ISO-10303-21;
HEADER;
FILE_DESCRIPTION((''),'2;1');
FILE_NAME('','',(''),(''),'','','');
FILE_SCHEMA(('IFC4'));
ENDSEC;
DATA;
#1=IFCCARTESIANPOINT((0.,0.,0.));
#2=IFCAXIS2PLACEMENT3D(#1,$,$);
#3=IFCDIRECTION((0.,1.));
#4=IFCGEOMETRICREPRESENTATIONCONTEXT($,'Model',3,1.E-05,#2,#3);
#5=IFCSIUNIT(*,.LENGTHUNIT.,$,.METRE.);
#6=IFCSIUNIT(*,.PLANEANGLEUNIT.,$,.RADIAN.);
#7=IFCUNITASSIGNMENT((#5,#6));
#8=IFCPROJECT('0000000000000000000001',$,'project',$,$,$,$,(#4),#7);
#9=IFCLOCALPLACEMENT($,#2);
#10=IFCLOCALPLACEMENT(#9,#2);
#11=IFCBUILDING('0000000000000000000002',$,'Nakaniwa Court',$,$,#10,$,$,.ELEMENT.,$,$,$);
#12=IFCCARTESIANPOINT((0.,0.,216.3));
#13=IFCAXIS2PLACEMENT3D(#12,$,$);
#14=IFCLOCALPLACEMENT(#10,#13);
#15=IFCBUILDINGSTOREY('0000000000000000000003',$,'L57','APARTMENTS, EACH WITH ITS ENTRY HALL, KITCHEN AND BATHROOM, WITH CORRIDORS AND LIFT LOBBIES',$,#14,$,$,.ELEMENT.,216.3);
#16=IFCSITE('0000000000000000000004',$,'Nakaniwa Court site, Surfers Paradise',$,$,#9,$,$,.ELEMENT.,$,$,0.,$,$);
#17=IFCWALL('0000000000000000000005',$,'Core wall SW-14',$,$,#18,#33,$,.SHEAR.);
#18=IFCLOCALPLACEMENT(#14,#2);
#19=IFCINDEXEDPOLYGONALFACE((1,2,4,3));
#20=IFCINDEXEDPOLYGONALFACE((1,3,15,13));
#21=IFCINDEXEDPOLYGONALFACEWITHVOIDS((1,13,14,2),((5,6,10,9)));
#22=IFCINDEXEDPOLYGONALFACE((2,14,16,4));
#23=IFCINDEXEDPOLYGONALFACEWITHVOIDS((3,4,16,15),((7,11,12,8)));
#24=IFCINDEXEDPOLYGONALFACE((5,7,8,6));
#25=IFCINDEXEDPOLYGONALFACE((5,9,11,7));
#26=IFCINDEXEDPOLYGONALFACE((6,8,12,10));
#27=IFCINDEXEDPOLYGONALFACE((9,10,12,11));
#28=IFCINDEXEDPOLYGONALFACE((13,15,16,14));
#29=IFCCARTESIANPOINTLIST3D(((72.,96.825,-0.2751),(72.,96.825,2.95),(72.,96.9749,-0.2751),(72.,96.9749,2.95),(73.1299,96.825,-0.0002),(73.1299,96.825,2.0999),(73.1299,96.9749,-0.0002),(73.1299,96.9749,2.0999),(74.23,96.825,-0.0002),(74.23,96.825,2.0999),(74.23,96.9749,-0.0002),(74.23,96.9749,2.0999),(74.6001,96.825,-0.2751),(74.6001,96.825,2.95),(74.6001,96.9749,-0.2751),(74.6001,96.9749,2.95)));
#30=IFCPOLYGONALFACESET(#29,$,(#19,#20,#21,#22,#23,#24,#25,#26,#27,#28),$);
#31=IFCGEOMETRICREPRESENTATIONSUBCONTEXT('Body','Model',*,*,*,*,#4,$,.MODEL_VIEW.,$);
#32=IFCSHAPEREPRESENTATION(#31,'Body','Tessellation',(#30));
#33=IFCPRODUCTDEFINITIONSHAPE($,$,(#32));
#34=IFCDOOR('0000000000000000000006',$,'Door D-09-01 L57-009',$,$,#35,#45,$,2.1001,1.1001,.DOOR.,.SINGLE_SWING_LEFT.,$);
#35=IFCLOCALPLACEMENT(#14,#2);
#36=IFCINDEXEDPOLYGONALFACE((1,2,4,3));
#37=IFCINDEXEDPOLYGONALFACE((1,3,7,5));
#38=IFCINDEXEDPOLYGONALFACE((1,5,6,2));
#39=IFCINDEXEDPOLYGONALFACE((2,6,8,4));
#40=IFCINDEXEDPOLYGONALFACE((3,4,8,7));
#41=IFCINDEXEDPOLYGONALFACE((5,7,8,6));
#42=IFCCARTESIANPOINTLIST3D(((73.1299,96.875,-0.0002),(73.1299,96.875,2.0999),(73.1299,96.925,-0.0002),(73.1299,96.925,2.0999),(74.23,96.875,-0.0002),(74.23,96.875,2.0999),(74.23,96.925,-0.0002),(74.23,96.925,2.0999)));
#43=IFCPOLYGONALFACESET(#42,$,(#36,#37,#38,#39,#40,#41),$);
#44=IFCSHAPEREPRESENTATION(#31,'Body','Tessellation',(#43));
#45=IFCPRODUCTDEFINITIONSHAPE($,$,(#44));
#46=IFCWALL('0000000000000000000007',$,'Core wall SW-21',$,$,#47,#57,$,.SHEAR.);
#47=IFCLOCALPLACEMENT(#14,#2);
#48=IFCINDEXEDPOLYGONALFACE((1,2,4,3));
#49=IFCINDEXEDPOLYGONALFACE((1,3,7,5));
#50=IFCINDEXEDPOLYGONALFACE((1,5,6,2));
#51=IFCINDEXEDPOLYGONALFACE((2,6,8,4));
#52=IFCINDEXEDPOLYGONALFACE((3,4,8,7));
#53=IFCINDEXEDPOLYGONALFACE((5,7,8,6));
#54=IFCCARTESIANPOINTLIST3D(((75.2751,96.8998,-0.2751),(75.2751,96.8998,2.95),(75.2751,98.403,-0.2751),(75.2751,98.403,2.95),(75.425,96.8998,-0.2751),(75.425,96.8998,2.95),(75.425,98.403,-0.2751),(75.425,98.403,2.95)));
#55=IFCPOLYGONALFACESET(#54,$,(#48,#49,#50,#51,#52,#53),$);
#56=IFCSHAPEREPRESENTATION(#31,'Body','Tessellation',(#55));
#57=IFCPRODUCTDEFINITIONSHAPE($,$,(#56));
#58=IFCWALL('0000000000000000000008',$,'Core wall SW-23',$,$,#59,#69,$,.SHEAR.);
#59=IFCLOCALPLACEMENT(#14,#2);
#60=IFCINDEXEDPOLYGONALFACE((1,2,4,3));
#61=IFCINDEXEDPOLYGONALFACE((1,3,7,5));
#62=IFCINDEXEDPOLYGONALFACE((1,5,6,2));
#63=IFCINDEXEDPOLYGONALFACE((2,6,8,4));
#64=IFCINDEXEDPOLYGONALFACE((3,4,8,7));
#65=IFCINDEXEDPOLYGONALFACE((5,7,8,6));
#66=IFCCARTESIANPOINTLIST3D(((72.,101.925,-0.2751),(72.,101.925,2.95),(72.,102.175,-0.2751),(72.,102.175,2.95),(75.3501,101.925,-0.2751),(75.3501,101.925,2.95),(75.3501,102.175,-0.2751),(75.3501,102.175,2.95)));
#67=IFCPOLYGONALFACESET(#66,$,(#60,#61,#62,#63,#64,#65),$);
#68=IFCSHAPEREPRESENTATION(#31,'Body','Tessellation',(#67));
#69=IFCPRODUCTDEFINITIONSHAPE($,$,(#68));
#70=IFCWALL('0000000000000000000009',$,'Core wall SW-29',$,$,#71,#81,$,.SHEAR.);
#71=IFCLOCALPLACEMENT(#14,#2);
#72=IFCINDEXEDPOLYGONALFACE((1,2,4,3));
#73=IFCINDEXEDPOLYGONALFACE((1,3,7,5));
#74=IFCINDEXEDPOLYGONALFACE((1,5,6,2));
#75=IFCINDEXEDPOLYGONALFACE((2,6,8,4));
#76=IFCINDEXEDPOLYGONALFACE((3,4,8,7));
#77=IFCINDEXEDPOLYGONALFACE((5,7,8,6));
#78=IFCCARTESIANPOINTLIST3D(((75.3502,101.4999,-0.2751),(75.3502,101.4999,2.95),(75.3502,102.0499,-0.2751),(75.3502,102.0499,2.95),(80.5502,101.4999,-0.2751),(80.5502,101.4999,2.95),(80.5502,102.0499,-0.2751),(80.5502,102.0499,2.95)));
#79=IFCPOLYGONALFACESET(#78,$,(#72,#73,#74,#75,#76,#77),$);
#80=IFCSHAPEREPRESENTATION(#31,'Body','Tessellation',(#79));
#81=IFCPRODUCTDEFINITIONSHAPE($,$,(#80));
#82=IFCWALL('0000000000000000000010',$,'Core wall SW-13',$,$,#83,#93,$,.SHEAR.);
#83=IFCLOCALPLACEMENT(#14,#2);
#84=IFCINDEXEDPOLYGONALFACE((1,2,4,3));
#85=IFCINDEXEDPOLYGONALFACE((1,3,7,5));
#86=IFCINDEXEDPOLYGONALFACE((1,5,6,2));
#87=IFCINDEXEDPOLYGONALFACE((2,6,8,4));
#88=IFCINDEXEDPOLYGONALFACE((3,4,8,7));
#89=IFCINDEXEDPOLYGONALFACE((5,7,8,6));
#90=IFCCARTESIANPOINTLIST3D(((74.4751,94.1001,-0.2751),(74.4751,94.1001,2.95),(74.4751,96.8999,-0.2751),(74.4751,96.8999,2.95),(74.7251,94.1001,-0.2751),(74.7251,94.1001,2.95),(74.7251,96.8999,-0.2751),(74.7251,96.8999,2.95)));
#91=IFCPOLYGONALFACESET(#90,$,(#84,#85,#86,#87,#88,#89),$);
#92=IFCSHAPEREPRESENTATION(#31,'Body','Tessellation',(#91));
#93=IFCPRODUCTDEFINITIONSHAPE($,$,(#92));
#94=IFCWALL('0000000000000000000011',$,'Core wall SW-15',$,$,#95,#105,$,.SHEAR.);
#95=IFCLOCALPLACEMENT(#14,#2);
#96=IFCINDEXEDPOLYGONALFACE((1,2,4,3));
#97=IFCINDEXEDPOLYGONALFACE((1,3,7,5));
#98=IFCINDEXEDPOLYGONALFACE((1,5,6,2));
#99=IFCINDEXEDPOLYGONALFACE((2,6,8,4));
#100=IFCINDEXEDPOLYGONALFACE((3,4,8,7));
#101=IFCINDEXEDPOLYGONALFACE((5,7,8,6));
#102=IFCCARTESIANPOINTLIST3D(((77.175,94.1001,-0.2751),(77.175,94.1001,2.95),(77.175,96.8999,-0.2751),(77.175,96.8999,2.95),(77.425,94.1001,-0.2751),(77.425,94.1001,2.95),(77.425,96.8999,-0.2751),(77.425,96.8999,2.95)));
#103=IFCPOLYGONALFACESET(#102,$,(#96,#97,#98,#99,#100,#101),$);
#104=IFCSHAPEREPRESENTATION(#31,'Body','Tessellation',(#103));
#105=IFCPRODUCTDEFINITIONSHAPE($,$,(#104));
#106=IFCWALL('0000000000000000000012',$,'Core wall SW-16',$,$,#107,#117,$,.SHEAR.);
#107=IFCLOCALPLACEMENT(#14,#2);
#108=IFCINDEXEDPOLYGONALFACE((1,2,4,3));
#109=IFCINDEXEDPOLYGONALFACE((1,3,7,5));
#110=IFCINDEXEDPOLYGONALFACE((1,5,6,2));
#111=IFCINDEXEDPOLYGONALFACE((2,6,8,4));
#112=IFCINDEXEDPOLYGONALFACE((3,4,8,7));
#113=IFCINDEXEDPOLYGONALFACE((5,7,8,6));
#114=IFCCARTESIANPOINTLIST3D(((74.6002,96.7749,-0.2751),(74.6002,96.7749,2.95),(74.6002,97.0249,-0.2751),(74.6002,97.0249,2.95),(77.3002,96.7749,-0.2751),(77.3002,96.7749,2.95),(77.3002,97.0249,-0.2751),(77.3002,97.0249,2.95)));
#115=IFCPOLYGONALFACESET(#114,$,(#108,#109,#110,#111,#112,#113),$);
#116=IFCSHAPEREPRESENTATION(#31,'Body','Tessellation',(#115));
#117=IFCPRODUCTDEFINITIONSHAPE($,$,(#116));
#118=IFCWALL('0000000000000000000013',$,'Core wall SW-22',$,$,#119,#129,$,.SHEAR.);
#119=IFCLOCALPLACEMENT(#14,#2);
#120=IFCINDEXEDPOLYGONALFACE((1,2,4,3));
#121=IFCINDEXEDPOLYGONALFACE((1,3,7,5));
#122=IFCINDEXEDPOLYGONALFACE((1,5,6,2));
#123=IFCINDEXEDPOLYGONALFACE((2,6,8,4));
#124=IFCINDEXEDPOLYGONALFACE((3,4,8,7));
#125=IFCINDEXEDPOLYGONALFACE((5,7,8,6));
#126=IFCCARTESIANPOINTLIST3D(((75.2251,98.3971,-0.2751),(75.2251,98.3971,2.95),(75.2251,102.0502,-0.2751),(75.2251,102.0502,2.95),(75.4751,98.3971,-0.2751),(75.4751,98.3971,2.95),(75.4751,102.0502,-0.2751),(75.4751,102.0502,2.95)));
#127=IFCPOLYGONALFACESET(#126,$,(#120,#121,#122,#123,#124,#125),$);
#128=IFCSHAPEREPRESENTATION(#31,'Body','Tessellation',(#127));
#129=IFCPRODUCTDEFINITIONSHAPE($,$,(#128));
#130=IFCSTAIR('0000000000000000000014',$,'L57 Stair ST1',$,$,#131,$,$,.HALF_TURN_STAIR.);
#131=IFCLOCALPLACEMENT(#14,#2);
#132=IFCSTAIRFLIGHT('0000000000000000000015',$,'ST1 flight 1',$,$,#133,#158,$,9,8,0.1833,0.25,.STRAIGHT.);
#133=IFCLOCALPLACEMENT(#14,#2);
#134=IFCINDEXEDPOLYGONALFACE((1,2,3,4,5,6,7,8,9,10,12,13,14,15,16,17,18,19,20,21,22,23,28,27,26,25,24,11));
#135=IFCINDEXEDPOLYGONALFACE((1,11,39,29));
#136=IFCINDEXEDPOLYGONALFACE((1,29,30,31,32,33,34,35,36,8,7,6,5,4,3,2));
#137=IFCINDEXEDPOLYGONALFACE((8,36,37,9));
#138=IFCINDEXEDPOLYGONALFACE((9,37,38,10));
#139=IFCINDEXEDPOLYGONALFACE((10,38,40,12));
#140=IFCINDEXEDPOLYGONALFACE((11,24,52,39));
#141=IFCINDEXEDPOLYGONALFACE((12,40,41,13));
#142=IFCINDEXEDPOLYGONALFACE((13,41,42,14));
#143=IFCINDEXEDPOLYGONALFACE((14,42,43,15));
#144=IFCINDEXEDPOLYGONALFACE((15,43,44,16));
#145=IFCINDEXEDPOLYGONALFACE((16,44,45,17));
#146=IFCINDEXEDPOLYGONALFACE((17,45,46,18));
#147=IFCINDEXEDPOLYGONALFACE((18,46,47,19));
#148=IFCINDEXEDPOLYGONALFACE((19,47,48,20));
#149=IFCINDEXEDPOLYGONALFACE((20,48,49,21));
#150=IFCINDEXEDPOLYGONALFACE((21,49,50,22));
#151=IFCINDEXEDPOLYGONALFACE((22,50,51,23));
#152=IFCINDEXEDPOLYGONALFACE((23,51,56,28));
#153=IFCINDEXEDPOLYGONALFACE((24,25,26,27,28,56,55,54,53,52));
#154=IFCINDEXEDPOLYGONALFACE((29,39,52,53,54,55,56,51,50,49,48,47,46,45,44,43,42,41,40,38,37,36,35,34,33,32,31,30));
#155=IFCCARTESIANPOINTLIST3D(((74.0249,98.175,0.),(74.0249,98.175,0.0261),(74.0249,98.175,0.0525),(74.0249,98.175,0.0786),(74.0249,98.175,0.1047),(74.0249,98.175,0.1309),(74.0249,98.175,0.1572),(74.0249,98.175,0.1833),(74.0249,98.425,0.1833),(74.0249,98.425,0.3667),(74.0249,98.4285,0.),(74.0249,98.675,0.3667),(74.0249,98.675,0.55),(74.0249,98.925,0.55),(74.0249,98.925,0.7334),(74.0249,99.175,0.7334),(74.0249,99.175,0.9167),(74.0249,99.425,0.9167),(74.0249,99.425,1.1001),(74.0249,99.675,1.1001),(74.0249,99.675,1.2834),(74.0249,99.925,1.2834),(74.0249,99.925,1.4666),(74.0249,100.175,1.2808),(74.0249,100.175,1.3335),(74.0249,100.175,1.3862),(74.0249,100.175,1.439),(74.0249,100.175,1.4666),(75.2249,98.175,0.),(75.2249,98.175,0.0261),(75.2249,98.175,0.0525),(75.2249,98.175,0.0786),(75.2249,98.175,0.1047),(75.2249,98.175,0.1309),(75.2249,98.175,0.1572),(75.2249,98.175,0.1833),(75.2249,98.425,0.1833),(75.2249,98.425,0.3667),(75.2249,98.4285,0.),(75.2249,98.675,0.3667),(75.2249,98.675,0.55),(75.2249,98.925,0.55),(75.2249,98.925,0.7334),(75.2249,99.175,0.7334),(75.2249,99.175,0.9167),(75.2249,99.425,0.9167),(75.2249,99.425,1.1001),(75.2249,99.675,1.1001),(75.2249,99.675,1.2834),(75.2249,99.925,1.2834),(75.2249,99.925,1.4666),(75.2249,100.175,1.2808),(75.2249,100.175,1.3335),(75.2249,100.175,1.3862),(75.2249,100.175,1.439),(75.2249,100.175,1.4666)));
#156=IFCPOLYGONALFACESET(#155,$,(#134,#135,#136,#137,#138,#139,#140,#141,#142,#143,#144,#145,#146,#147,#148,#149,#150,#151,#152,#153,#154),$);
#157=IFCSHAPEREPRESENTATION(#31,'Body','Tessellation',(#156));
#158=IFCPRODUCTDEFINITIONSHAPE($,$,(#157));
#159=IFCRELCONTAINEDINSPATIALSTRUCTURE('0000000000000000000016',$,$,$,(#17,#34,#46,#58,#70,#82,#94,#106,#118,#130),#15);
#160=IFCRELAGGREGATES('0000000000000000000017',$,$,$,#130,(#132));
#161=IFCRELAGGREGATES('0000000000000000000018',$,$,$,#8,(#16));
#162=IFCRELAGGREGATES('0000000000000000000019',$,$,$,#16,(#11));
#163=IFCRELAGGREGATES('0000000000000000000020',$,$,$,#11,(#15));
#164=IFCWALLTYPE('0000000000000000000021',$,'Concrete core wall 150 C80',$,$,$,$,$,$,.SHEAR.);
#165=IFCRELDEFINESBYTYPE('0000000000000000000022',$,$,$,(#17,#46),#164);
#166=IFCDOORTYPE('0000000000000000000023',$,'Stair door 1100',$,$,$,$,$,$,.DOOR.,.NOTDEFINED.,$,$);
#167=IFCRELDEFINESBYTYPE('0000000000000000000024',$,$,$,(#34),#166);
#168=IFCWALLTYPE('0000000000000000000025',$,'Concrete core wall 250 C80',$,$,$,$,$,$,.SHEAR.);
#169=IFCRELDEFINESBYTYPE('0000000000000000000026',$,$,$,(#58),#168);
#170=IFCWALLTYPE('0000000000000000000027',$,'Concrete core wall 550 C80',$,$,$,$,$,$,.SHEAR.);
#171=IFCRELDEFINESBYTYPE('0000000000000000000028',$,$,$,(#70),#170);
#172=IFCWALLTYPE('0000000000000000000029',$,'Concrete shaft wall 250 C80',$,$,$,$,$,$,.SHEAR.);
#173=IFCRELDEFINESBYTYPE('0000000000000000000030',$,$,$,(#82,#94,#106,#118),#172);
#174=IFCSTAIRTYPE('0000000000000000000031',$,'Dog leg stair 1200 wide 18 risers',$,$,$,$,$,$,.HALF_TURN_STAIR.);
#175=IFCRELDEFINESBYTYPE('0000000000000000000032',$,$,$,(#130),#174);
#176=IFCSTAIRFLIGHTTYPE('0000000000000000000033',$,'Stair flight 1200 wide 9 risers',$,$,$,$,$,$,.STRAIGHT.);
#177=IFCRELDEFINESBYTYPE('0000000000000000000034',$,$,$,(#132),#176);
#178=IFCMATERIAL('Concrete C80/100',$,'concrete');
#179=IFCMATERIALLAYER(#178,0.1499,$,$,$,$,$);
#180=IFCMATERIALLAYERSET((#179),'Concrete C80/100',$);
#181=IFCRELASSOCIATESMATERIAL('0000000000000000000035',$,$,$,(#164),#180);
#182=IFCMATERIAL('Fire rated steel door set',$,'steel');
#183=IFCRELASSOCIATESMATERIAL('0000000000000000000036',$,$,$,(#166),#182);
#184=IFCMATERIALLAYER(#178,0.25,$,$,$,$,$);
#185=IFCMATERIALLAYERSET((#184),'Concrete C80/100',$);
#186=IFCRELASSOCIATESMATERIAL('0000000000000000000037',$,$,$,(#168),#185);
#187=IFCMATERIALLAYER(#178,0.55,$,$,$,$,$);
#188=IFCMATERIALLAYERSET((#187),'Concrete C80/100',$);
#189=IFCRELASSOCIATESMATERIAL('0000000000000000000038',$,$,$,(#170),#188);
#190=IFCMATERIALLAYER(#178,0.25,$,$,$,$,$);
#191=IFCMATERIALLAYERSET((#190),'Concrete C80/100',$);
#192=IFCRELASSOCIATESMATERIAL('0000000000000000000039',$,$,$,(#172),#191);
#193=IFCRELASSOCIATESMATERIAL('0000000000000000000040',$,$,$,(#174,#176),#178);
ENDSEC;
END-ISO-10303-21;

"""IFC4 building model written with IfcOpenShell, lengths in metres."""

from ifc_helpers import new_model, si_unit, direction, frame, frame_2d, origin, place, context, subcontext, project, spatial, polyline, rectangle, outline, extrude, material, layer, layer_set, type_object, element, fill, aggregate, save


model = new_model("IFC4")

# Units and contexts
model_context = context("Model", 3, precision=1e-05, world=origin(), true_north=direction((0.0, 1.0)))
body_context = subcontext(model_context, "Body", "Model", "MODEL_VIEW")
ifc_project = project(units=[si_unit("LENGTHUNIT", "METRE"), si_unit("PLANEANGLEUNIT", "RADIAN")], contexts=[model_context])

# Site, building, storey
site_placement = place(None, origin())
site = spatial("IfcSite", under=ifc_project, at=site_placement, Name="Nakaniwa Court site, Surfers Paradise", CompositionType="ELEMENT", RefElevation=0.0)
building_placement = place(site_placement, origin())
building = spatial("IfcBuilding", under=site, at=building_placement, Name="Nakaniwa Court", CompositionType="ELEMENT")
storey_placement = place(building_placement, frame((0.0, 0.0, 216.3)))
storey = spatial("IfcBuildingStorey", under=building, at=storey_placement, Name="L57", Description="APARTMENTS, EACH WITH ITS ENTRY HALL, KITCHEN AND BATHROOM, WITH CORRIDORS AND LIFT LOBBIES", CompositionType="ELEMENT", Elevation=216.3)

# Shared definitions
ifc_material_1 = material(Name="Concrete C80/100", Category="concrete")

# Shared definitions
ifc_material_2 = material(Name="Fire rated steel door set", Category="steel")

# Wall, opening, door
ifc_layer_1 = layer(ifc_material_1, 0.1499)
ifc_layer_set_1 = layer_set([ifc_layer_1], Name="Concrete C80/100")
wall_type_1 = type_object("IfcWallType", Name="Concrete core wall 150 C80", PredefinedType="SHEAR", material=ifc_layer_set_1)
wall_1_placement = place(storey_placement, frame((74.6001, 96.8999, -0.2751), z_axis=(0.0, 0.0, 1.0), x_axis=(-1.0, 0.0, 0.0)))
wall_1 = element("IfcWall", 1, at=wall_1_placement, inside=storey, type_object=wall_type_1, Name="Core wall SW-14", PredefinedType="SHEAR", context=body_context, shape_type="SweptSolid", body=[
    extrude(rectangle(XDim=2.6001, YDim=0.1499, at=frame_2d((1.3, 0.0))), origin(), (0.0, 0.0, 1.0), 3.2251),
])
opening_1_placement = place(wall_1_placement, frame((0.3701, 0.0, 0.2749)))
opening_1 = element("IfcOpeningElement", 2, at=opening_1_placement, cuts=wall_1, PredefinedType="OPENING", context=body_context, shape_type="SweptSolid", body=[
    extrude(rectangle(XDim=1.1001, YDim=2.1001, at=frame_2d((0.55, 1.05))), frame((0.0, 0.085, 0.0), z_axis=(0.0, -1.0, 0.0), x_axis=(1.0, 0.0, 0.0)), (0.0, 0.0, 1.0), 0.1699),
])
door_type_1 = type_object("IfcDoorType", Name="Stair door 1100", OperationType="NOTDEFINED", PredefinedType="DOOR", material=ifc_material_2)
door_1_placement = place(opening_1_placement, origin())
door_1 = element("IfcDoor", 3, at=door_1_placement, inside=storey, type_object=door_type_1, Name="Door D-09-01 L57-009", OperationType="SINGLE_SWING_LEFT", OverallHeight=2.1001, OverallWidth=1.1001, PredefinedType="DOOR", context=body_context, shape_type="SweptSolid", body=[
    extrude(rectangle(XDim=1.1001, YDim=2.1001, at=frame_2d((0.55, 1.05))), frame((0.0, 0.0249, 0.0), z_axis=(0.0, -1.0, 0.0), x_axis=(1.0, 0.0, 0.0)), (0.0, 0.0, 1.0), 0.05),
])
fill(opening_1, door_1)

# Walls
wall_2_placement = place(storey_placement, frame((75.3501, 96.8999, -0.2751), z_axis=(0.0, 0.0, 1.0), x_axis=(0.0, 1.0, 0.0)))
element("IfcWall", 4, at=wall_2_placement, inside=storey, type_object=wall_type_1, Name="Core wall SW-21", PredefinedType="SHEAR", context=body_context, shape_type="SweptSolid", body=[
    extrude(rectangle(XDim=1.5032, YDim=0.1499, at=frame_2d((0.7515, 0.0))), origin(), (0.0, 0.0, 1.0), 3.2251),
])
ifc_layer_2 = layer(ifc_material_1, 0.25)
ifc_layer_set_2 = layer_set([ifc_layer_2], Name="Concrete C80/100")
wall_type_2 = type_object("IfcWallType", Name="Concrete core wall 250 C80", PredefinedType="SHEAR", material=ifc_layer_set_2)
wall_3_placement = place(storey_placement, frame((72.0, 102.05, -0.2751), z_axis=(0.0, 0.0, 1.0), x_axis=(1.0, 0.0, 0.0)))
element("IfcWall", 5, at=wall_3_placement, inside=storey, type_object=wall_type_2, Name="Core wall SW-23", PredefinedType="SHEAR", context=body_context, shape_type="SweptSolid", body=[
    extrude(rectangle(XDim=3.3501, YDim=0.25, at=frame_2d((1.675, 0.0))), origin(), (0.0, 0.0, 1.0), 3.2251),
])
ifc_layer_3 = layer(ifc_material_1, 0.55)
ifc_layer_set_3 = layer_set([ifc_layer_3], Name="Concrete C80/100")
wall_type_3 = type_object("IfcWallType", Name="Concrete core wall 550 C80", PredefinedType="SHEAR", material=ifc_layer_set_3)
wall_4_placement = place(storey_placement, frame((75.3501, 101.7749, -0.2751), z_axis=(0.0, 0.0, 1.0), x_axis=(1.0, 0.0, 0.0)))
element("IfcWall", 6, at=wall_4_placement, inside=storey, type_object=wall_type_3, Name="Core wall SW-29", PredefinedType="SHEAR", context=body_context, shape_type="SweptSolid", body=[
    extrude(rectangle(XDim=5.2, YDim=0.55, at=frame_2d((2.6001, 0.0))), origin(), (0.0, 0.0, 1.0), 3.2251),
])
ifc_layer_4 = layer(ifc_material_1, 0.25)
ifc_layer_set_4 = layer_set([ifc_layer_4], Name="Concrete C80/100")
wall_type_4 = type_object("IfcWallType", Name="Concrete shaft wall 250 C80", PredefinedType="SHEAR", material=ifc_layer_set_4)
for number, where, z_axis, x_axis, name in (
    (7, (74.6001, 94.1001, -0.2751), (0.0, 0.0, 1.0), (0.0, 1.0, 0.0), "Core wall SW-13"),
    (8, (77.3, 94.1001, -0.2751), (0.0, 0.0, 1.0), (0.0, 1.0, 0.0), "Core wall SW-15"),
):
    element("IfcWall", number, at=place(storey_placement, frame(where, z_axis=z_axis, x_axis=x_axis)), inside=storey, type_object=wall_type_4, Name=name, PredefinedType="SHEAR", context=body_context, shape_type="SweptSolid", body=[
        extrude(rectangle(XDim=2.7998, YDim=0.25, at=frame_2d((1.3999, 0.0))), origin(), (0.0, 0.0, 1.0), 3.2251),
    ])
wall_5_placement = place(storey_placement, frame((74.6001, 96.8999, -0.2751), z_axis=(0.0, 0.0, 1.0), x_axis=(1.0, 0.0, 0.0)))
element("IfcWall", 9, at=wall_5_placement, inside=storey, type_object=wall_type_4, Name="Core wall SW-16", PredefinedType="SHEAR", context=body_context, shape_type="SweptSolid", body=[
    extrude(rectangle(XDim=2.7, YDim=0.25, at=frame_2d((1.3501, 0.0))), origin(), (0.0, 0.0, 1.0), 3.2251),
])
wall_6_placement = place(storey_placement, frame((75.3501, 98.397, -0.2751), z_axis=(0.0, 0.0, 1.0), x_axis=(0.0, 1.0, 0.0)))
element("IfcWall", 10, at=wall_6_placement, inside=storey, type_object=wall_type_4, Name="Core wall SW-22", PredefinedType="SHEAR", context=body_context, shape_type="SweptSolid", body=[
    extrude(rectangle(XDim=3.6531, YDim=0.25, at=frame_2d((1.8267, 0.0))), origin(), (0.0, 0.0, 1.0), 3.2251),
])

# Stair, stair flight
stair_type = type_object("IfcStairType", Name="Dog leg stair 1200 wide 18 risers", PredefinedType="HALF_TURN_STAIR", material=ifc_material_1)
stair_placement = place(storey_placement, origin())
stair = element("IfcStair", 11, at=stair_placement, inside=storey, type_object=stair_type, Name="L57 Stair ST1", PredefinedType="HALF_TURN_STAIR")
stair_flight_type = type_object("IfcStairFlightType", Name="Stair flight 1200 wide 9 risers", PredefinedType="STRAIGHT", material=ifc_material_1)
stair_flight_1_placement = place(storey_placement, frame((74.625, 98.175, 0.0), z_axis=(0.0, 0.0, 1.0), x_axis=(0.0, 1.0, 0.0)))
stair_flight_1 = element("IfcStairFlight", 12, at=stair_flight_1_placement, type_object=stair_flight_type, Name="ST1 flight 1", NumberOfRisers=9, NumberOfTreads=8, PredefinedType="STRAIGHT", RiserHeight=0.1833, TreadLength=0.25, context=body_context, shape_type="SweptSolid", body=[
    extrude(outline(polyline([(0.0, 0.0), (0.0, 0.0261), (0.0, 0.0525), (0.0, 0.0786), (0.0, 0.1047), (0.0, 0.1309), (0.0, 0.1572), (0.0, 0.1833), (0.25, 0.1833), (0.25, 0.3667), (0.5, 0.3667), (0.5, 0.55), (0.75, 0.55), (0.75, 0.7334), (1.0, 0.7334), (1.0, 0.9167), (1.25, 0.9167), (1.25, 1.1001), (1.5, 1.1001), (1.5, 1.2834), (1.75, 1.2834), (1.75, 1.4666), (2.0, 1.4666), (2.0, 1.6499), (2.0, 1.5972), (2.0, 1.5444), (2.0, 1.4917), (2.0, 1.439), (2.0, 1.3862), (2.0, 1.3335), (2.0, 1.2808), (0.2534, 0.0), (0.0, 0.0)])), frame((0.0, 0.6001, 0.0), z_axis=(0.0, -1.0, 0.0), x_axis=(1.0, 0.0, 0.0)), (0.0, 0.0, 1.0), 1.2),
])
aggregate(stair, [stair_flight_1])

save(model, "model.ifc")
